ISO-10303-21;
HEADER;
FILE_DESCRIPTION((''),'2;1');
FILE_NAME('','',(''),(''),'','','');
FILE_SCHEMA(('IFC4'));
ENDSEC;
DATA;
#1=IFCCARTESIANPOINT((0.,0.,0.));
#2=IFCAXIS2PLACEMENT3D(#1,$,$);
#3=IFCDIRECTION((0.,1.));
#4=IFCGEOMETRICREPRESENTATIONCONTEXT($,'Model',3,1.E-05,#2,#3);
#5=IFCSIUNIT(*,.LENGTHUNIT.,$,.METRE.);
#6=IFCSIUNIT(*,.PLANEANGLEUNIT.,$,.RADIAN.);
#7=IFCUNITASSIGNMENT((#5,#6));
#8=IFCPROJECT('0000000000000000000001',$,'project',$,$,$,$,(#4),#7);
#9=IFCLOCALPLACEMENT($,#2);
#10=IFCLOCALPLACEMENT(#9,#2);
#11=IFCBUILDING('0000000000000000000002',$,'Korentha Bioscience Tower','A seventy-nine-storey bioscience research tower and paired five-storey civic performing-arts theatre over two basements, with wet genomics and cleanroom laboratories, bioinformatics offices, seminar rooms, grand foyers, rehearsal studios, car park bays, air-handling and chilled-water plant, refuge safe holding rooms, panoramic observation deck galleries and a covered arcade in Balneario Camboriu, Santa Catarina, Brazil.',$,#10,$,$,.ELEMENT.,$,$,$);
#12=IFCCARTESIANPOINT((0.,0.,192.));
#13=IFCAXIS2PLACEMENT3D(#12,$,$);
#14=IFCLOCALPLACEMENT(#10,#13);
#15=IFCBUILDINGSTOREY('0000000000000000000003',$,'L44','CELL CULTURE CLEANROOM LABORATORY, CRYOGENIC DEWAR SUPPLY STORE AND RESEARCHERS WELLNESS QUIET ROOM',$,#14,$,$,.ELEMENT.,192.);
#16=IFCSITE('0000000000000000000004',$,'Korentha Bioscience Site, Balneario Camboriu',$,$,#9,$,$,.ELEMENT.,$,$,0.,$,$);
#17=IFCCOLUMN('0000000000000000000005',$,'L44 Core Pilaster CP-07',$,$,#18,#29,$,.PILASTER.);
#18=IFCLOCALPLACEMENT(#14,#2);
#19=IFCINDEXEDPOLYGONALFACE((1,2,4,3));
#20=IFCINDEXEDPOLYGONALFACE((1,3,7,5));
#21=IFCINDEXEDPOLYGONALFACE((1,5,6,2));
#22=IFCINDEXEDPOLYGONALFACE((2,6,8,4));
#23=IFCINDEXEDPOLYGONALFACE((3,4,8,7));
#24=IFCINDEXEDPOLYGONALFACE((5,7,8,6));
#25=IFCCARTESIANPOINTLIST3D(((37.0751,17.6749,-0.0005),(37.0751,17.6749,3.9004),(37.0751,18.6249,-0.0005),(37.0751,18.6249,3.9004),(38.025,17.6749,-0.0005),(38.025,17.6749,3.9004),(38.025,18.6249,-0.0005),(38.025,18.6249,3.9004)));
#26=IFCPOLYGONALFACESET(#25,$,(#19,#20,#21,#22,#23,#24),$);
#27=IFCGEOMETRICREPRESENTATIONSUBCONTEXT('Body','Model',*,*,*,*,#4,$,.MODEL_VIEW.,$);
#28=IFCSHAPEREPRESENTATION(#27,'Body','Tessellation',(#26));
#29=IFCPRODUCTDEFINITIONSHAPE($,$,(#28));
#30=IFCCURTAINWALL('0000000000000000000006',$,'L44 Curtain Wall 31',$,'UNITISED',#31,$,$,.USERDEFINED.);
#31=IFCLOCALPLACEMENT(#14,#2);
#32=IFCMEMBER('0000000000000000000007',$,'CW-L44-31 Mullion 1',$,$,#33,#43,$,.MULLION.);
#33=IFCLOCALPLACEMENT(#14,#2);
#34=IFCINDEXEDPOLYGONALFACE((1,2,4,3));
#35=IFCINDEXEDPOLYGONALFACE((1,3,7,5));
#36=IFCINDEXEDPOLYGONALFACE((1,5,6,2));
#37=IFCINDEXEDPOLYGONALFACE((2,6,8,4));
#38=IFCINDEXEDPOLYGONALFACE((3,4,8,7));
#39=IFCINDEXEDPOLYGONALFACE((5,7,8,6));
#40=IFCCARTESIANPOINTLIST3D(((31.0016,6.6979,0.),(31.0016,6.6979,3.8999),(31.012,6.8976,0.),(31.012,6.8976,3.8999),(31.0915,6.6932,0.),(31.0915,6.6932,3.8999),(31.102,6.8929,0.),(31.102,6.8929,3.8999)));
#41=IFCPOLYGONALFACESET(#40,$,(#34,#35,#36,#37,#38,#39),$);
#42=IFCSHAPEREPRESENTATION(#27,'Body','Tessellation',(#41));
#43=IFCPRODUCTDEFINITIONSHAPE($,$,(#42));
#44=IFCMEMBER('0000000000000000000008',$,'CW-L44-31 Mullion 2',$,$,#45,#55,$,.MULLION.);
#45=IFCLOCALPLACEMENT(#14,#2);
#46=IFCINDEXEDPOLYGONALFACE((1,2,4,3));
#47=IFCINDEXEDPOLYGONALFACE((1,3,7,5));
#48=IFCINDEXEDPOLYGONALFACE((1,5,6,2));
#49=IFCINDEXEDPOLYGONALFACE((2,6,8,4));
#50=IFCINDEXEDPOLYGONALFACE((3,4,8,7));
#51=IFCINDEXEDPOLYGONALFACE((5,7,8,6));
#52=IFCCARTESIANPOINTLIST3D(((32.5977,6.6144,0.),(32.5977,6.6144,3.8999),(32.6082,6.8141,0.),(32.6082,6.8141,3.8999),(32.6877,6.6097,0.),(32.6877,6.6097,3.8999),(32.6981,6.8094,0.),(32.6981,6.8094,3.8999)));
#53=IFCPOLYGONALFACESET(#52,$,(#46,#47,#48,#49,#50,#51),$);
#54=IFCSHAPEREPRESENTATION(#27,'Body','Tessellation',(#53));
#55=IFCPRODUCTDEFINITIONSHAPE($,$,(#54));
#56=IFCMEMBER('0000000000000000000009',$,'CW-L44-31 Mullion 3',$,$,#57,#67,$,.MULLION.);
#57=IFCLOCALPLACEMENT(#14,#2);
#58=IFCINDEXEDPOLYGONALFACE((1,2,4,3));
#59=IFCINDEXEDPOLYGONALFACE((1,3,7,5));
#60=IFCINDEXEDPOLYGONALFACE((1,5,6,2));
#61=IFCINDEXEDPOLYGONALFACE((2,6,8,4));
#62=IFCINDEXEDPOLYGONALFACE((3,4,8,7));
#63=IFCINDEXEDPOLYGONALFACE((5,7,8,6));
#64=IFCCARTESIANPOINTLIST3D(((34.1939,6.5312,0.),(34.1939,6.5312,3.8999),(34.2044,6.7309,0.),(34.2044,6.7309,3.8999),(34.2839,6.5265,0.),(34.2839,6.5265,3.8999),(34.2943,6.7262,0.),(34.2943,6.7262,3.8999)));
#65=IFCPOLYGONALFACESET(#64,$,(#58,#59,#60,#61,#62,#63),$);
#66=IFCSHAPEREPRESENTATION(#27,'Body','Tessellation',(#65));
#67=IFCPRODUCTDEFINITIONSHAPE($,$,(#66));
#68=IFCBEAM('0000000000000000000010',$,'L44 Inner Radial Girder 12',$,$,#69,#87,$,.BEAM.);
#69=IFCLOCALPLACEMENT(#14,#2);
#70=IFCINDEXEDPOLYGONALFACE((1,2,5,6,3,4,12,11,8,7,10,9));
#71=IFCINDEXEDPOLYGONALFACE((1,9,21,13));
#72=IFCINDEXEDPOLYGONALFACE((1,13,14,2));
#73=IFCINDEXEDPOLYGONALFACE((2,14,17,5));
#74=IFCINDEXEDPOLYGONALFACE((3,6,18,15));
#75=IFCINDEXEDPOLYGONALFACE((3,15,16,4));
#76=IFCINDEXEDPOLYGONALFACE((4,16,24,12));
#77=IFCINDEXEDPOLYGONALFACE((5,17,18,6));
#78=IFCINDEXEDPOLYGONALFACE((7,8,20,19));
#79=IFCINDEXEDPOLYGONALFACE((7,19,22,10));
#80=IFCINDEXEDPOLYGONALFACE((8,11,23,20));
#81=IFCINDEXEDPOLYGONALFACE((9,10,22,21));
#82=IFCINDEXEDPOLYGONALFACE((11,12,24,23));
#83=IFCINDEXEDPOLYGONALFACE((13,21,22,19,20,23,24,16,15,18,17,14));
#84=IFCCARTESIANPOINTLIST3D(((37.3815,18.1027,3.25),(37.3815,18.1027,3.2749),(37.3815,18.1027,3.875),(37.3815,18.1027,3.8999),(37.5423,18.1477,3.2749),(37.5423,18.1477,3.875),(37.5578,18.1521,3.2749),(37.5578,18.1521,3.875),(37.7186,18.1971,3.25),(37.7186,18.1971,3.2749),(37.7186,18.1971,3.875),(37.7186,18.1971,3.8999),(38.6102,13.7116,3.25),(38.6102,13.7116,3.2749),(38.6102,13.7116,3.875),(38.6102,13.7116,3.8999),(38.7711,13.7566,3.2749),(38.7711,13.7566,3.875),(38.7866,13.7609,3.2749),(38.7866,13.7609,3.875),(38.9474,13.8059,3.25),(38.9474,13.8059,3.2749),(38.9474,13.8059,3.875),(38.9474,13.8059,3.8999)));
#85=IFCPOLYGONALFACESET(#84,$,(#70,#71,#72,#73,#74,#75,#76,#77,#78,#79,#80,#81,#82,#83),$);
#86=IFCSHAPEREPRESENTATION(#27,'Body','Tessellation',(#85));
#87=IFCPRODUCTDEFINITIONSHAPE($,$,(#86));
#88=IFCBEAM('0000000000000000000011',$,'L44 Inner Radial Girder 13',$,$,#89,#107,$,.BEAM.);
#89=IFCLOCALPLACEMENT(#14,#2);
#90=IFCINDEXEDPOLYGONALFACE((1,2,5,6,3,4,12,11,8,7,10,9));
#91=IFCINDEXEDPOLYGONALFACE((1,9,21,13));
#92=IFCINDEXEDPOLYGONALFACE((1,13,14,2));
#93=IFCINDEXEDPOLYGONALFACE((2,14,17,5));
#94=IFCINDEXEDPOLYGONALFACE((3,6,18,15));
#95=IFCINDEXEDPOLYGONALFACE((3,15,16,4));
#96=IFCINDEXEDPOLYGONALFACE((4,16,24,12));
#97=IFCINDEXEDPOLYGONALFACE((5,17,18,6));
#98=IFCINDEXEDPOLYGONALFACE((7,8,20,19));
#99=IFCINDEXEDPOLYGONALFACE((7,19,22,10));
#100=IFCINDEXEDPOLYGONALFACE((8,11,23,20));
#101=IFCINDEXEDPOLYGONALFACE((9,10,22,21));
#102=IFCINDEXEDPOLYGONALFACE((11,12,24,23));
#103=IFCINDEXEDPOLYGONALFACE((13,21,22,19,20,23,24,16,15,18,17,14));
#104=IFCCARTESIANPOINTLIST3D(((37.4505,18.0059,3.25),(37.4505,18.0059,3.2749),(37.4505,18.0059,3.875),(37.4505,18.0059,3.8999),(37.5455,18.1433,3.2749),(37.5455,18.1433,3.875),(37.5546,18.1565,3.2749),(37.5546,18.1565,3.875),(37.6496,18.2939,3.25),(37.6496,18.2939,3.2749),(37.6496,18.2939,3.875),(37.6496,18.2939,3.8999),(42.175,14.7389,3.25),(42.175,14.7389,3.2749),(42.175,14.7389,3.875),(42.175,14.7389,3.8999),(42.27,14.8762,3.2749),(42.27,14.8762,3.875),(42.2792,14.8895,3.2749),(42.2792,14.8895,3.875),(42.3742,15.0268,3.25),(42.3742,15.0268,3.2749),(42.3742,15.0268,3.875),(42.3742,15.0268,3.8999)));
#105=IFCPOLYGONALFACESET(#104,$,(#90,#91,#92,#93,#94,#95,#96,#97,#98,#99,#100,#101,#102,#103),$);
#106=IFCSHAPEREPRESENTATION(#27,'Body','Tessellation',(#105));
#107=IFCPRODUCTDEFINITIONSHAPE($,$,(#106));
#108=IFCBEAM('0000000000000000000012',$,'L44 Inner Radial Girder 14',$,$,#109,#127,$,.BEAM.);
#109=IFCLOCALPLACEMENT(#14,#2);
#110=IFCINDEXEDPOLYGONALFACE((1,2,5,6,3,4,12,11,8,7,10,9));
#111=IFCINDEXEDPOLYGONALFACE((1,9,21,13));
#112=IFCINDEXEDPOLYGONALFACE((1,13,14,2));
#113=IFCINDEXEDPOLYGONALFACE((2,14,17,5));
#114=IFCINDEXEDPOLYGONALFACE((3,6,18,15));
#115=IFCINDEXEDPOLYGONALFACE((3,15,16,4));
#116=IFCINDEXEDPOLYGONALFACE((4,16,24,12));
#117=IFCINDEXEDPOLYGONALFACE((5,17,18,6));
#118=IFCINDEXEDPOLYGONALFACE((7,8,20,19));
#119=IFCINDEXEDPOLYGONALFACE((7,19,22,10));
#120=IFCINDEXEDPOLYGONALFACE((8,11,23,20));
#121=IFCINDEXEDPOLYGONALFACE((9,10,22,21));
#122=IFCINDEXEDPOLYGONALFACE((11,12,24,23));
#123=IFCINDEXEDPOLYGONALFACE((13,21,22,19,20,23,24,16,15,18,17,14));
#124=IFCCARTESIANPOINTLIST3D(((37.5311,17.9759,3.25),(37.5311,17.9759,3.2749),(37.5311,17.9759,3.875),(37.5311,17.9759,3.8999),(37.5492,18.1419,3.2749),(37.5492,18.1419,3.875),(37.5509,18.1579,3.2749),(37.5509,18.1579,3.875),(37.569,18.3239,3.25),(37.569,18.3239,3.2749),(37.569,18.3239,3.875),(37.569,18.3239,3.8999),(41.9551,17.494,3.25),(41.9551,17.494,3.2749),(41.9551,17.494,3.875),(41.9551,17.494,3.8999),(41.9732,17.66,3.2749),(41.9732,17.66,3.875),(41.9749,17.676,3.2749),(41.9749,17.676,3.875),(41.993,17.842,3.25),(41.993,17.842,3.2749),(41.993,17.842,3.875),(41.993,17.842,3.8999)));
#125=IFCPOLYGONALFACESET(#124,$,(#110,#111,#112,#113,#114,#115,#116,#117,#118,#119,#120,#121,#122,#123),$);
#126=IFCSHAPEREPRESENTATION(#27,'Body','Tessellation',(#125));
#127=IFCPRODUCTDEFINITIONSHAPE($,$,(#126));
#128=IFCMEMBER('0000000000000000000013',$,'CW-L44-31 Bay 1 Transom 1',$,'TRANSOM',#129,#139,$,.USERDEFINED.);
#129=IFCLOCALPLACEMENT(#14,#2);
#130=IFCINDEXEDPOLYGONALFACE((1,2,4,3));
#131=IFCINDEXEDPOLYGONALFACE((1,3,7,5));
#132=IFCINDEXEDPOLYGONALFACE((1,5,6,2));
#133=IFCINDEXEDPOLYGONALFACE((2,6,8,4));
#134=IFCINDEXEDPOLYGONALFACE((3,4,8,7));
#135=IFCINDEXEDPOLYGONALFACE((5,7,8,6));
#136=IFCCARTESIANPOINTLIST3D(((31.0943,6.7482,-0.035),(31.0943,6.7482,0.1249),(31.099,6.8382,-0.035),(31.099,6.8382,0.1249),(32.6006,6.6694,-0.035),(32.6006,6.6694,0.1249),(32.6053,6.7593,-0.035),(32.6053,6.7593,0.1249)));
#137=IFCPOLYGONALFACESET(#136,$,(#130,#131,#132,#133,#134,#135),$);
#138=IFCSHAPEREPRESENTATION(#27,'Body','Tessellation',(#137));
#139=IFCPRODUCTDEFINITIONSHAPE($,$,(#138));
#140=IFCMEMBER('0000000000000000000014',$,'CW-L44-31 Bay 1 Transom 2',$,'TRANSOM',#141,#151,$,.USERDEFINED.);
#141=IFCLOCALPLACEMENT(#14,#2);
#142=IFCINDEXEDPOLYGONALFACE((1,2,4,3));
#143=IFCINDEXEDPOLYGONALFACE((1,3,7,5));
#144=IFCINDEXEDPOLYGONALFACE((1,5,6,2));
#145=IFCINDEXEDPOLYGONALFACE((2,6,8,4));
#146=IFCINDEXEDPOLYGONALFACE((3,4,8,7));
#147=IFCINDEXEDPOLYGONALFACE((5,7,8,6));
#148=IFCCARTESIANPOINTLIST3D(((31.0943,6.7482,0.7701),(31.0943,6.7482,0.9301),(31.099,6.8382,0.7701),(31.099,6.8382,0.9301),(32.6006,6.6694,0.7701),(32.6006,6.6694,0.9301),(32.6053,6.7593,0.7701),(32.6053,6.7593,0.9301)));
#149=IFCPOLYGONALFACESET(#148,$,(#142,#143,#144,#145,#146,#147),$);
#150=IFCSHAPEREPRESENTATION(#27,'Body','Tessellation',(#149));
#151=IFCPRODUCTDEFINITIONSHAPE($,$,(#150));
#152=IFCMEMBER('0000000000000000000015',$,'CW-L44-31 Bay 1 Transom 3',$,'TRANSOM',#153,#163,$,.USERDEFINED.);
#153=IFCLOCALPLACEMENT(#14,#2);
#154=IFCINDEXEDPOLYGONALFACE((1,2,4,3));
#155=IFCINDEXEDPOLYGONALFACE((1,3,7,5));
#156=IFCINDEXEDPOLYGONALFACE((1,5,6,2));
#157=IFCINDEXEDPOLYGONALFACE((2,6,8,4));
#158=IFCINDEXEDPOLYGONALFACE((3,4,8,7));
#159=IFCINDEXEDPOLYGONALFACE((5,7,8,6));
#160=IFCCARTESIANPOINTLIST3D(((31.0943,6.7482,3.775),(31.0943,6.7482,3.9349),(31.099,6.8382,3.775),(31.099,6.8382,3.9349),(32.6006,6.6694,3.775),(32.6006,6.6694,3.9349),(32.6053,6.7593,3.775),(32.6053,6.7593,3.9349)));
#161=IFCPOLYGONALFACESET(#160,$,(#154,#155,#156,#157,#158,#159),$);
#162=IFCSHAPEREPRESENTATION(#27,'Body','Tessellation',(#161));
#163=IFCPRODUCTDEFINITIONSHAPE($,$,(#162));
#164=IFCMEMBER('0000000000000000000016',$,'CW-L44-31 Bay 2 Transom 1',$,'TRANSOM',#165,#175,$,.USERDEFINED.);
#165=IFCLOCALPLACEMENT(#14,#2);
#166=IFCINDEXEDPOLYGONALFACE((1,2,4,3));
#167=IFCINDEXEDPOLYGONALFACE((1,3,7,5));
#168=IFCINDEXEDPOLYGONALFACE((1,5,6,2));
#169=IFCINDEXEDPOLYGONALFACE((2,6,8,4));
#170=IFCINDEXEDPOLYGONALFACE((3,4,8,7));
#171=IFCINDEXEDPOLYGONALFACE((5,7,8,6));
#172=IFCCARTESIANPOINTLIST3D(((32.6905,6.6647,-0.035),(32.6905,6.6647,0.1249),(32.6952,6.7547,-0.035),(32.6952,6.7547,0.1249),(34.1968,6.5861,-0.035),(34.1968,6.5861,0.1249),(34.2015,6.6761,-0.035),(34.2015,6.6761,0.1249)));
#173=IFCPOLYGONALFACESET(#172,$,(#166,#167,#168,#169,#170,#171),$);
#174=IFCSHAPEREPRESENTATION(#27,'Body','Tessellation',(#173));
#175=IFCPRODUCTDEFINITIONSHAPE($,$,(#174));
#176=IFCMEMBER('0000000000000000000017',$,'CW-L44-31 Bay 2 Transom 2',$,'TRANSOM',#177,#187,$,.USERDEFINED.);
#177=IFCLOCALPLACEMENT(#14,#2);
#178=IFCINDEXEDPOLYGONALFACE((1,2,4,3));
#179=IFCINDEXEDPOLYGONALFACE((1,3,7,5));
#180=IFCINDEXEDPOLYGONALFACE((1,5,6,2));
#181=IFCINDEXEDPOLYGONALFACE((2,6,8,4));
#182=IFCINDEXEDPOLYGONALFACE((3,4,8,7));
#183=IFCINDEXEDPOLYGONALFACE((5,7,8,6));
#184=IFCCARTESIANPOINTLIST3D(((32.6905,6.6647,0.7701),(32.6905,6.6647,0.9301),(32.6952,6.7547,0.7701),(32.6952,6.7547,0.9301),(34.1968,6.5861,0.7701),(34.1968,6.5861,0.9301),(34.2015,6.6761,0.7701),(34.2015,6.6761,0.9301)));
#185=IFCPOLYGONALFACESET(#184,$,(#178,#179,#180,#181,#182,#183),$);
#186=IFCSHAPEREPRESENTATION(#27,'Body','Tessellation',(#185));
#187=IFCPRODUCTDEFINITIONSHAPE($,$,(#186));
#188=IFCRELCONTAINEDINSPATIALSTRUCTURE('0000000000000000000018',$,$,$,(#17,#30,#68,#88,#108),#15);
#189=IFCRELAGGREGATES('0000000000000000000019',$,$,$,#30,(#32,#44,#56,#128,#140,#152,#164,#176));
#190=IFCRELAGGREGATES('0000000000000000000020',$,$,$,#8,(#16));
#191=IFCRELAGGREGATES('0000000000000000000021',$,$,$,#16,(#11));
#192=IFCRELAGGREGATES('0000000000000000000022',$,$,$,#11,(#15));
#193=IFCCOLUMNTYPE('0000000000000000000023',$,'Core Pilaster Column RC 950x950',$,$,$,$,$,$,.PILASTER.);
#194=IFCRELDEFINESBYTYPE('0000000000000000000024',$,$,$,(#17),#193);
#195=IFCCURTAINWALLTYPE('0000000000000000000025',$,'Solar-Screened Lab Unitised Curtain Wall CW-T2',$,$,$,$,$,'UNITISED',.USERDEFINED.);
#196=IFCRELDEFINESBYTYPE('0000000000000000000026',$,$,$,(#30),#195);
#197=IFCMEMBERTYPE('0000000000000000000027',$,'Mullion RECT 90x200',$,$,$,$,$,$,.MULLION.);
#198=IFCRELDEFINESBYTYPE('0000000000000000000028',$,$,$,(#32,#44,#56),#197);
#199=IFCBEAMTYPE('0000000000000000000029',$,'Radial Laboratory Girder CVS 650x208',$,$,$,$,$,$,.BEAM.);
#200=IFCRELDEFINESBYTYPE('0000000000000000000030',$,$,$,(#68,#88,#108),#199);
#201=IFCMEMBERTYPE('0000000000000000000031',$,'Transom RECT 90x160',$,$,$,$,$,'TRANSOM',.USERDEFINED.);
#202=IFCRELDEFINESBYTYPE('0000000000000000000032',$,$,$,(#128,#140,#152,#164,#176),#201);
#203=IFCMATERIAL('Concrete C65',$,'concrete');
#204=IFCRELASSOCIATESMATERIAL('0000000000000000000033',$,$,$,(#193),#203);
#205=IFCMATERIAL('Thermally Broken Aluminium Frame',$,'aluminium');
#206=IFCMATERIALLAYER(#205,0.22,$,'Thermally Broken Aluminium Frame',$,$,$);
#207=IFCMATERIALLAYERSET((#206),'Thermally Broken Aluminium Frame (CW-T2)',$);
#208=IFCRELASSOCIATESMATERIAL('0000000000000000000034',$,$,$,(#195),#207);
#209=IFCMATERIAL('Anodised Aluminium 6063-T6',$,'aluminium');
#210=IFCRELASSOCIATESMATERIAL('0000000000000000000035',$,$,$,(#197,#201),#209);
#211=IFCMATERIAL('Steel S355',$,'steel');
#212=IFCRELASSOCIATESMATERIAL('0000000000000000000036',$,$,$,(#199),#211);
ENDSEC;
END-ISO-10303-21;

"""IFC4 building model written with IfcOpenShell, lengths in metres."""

from ifc_helpers import new_model, si_unit, direction, frame, origin, origin_2d, place, context, subcontext, project, spatial, rectangle, i_section, extrude, material, layer, layer_set, material_profile, profile_set, type_object, element, aggregate, save


model = new_model("IFC4")

# Units and contexts
model_context = context("Model", 3, precision=1e-05, world=origin(), true_north=direction((0.0, 1.0)))
body_context = subcontext(model_context, "Body", "Model", "MODEL_VIEW")
ifc_project = project(units=[si_unit("LENGTHUNIT", "METRE"), si_unit("PLANEANGLEUNIT", "RADIAN")], contexts=[model_context])

# Site, building, storey
site_placement = place(None, origin())
site = spatial("IfcSite", under=ifc_project, at=site_placement, Name="Korentha Bioscience Site, Balneario Camboriu", CompositionType="ELEMENT", RefElevation=0.0)
building_placement = place(site_placement, origin())
building = spatial("IfcBuilding", under=site, at=building_placement, Name="Korentha Bioscience Tower", Description="A seventy-nine-storey bioscience research tower and paired five-storey civic performing-arts theatre over two basements, with wet genomics and cleanroom laboratories, bioinformatics offices, seminar rooms, grand foyers, rehearsal studios, car park bays, air-handling and chilled-water plant, refuge safe holding rooms, panoramic observation deck galleries and a covered arcade in Balneario Camboriu, Santa Catarina, Brazil.", CompositionType="ELEMENT")
storey_placement = place(building_placement, frame((0.0, 0.0, 192.0)))
storey = spatial("IfcBuildingStorey", under=building, at=storey_placement, Name="L44", Description="CELL CULTURE CLEANROOM LABORATORY, CRYOGENIC DEWAR SUPPLY STORE AND RESEARCHERS WELLNESS QUIET ROOM", CompositionType="ELEMENT", Elevation=192.0)

# Column
ifc_material_1 = material(Name="Concrete C65", Category="concrete")
ifc_material_profile_1 = material_profile(ifc_material_1, rectangle(XDim=0.95, YDim=0.95, at=origin_2d()), Name="Concrete C65")
ifc_profile_set_1 = profile_set([ifc_material_profile_1], Name="Concrete C65 (COL-CP09)")
column_type = type_object("IfcColumnType", Name="Core Pilaster Column RC 950x950", PredefinedType="PILASTER", material=ifc_profile_set_1)
column_placement = place(storey_placement, frame((37.55, 18.1499, -0.0005), z_axis=(0.0, 0.0, 1.0), x_axis=(1.0, 0.0, 0.0)))
element("IfcColumn", 1, at=column_placement, inside=storey, type_object=column_type, Name="L44 Core Pilaster CP-07", PredefinedType="PILASTER", context=body_context, shape_type="SweptSolid", body=[
    extrude(rectangle(XDim=0.95, YDim=0.95, at=origin_2d()), origin(), (0.0, 0.0, 1.0), 3.9009),
])

# Curtain wall, members
ifc_material_2 = material(Name="Thermally Broken Aluminium Frame", Category="aluminium")
ifc_layer_1 = layer(ifc_material_2, 0.22, Name="Thermally Broken Aluminium Frame")
ifc_layer_set_1 = layer_set([ifc_layer_1], Name="Thermally Broken Aluminium Frame (CW-T2)")
curtain_wall_type = type_object("IfcCurtainWallType", Name="Solar-Screened Lab Unitised Curtain Wall CW-T2", ElementType="UNITISED", PredefinedType="USERDEFINED", material=ifc_layer_set_1)
curtain_wall_placement = place(storey_placement, origin())
curtain_wall = element("IfcCurtainWall", 2, at=curtain_wall_placement, inside=storey, type_object=curtain_wall_type, Name="L44 Curtain Wall 31", ObjectType="UNITISED", PredefinedType="USERDEFINED")
ifc_material_3 = material(Name="Anodised Aluminium 6063-T6", Category="aluminium")
ifc_material_profile_2 = material_profile(ifc_material_3, rectangle(XDim=0.0901, YDim=0.2, at=origin_2d()), Name="Anodised Aluminium 6063-T6")
ifc_profile_set_2 = profile_set([ifc_material_profile_2], Name="Anodised Aluminium 6063-T6 (CW-MUL)")
member_type_1 = type_object("IfcMemberType", Name="Mullion RECT 90x200", PredefinedType="MULLION", material=ifc_profile_set_2)
member_1_placement = place(storey_placement, frame((31.0518, 6.7954, 0.0), z_axis=(0.0, 0.0, 1.0), x_axis=(0.998638, -0.05218, 0.0)))
member_1 = element("IfcMember", 3, at=member_1_placement, type_object=member_type_1, Name="CW-L44-31 Mullion 1", PredefinedType="MULLION", context=body_context, shape_type="SweptSolid", body=[
    extrude(rectangle(XDim=0.0901, YDim=0.2, at=origin_2d()), origin(), (0.0, 0.0, 1.0), 3.8999),
])
member_2_placement = place(storey_placement, frame((32.6479, 6.7119, 0.0), z_axis=(0.0, 0.0, 1.0), x_axis=(0.998638, -0.05218, 0.0)))
member_2 = element("IfcMember", 4, at=member_2_placement, type_object=member_type_1, Name="CW-L44-31 Mullion 2", PredefinedType="MULLION", context=body_context, shape_type="SweptSolid", body=[
    extrude(rectangle(XDim=0.0901, YDim=0.2, at=origin_2d()), origin(), (0.0, 0.0, 1.0), 3.8999),
])
member_3_placement = place(storey_placement, frame((34.2441, 6.6287, 0.0), z_axis=(0.0, 0.0, 1.0), x_axis=(0.998638, -0.05218, 0.0)))
member_3 = element("IfcMember", 5, at=member_3_placement, type_object=member_type_1, Name="CW-L44-31 Mullion 3", PredefinedType="MULLION", context=body_context, shape_type="SweptSolid", body=[
    extrude(rectangle(XDim=0.0901, YDim=0.2, at=origin_2d()), origin(), (0.0, 0.0, 1.0), 3.8999),
])

# Beams
ifc_material_4 = material(Name="Steel S355", Category="steel")
ifc_material_profile_3 = material_profile(ifc_material_4, i_section(OverallWidth=0.3501, OverallDepth=0.6499, WebThickness=0.0161, FlangeThickness=0.0249, at=origin_2d()), Name="Steel S355")
ifc_profile_set_3 = profile_set([ifc_material_profile_3], Name="Steel S355 (RB-650)")
beam_type = type_object("IfcBeamType", Name="Radial Laboratory Girder CVS 650x208", PredefinedType="BEAM", material=ifc_profile_set_3)
beam_1_placement = place(storey_placement, frame((37.55, 18.1499, 3.575), z_axis=(0.269477, -0.963007, 0.0), x_axis=(0.963007, 0.269477, 0.0)))
element("IfcBeam", 6, at=beam_1_placement, inside=storey, type_object=beam_type, Name="L44 Inner Radial Girder 12", PredefinedType="BEAM", context=body_context, shape_type="SweptSolid", body=[
    extrude(i_section(OverallWidth=0.3501, OverallDepth=0.6499, WebThickness=0.0161, FlangeThickness=0.0249, at=origin_2d()), origin(), (0.0, 0.0, 1.0), 4.5598),
])
beam_2_placement = place(storey_placement, frame((37.55, 18.1499, 3.575), z_axis=(0.822501, -0.568763, 0.0), x_axis=(0.568763, 0.822501, 0.0)))
element("IfcBeam", 7, at=beam_2_placement, inside=storey, type_object=beam_type, Name="L44 Inner Radial Girder 13", PredefinedType="BEAM", context=body_context, shape_type="SweptSolid", body=[
    extrude(i_section(OverallWidth=0.3501, OverallDepth=0.6499, WebThickness=0.0161, FlangeThickness=0.0249, at=origin_2d()), origin(), (0.0, 0.0, 1.0), 5.7441),
])
beam_3_placement = place(storey_placement, frame((37.55, 18.1499, 3.575), z_axis=(0.994119, -0.108294, 0.0), x_axis=(0.108294, 0.994119, 0.0)))
element("IfcBeam", 8, at=beam_3_placement, inside=storey, type_object=beam_type, Name="L44 Inner Radial Girder 14", PredefinedType="BEAM", context=body_context, shape_type="SweptSolid", body=[
    extrude(i_section(OverallWidth=0.3501, OverallDepth=0.6499, WebThickness=0.0161, FlangeThickness=0.0249, at=origin_2d()), origin(), (0.0, 0.0, 1.0), 4.4502),
])

# Members
ifc_material_profile_4 = material_profile(ifc_material_3, rectangle(XDim=0.0901, YDim=0.1599, at=origin_2d()), Name="Anodised Aluminium 6063-T6")
ifc_profile_set_4 = profile_set([ifc_material_profile_4], Name="Anodised Aluminium 6063-T6 (CW-TRN)")
member_type_2 = type_object("IfcMemberType", Name="Transom RECT 90x160", ElementType="TRANSOM", PredefinedType="USERDEFINED", material=ifc_profile_set_4)
member_4_placement = place(storey_placement, frame((31.0967, 6.7932, 0.0449), z_axis=(0.998633, -0.052278, 0.0), x_axis=(0.052278, 0.998633, 0.0)))
member_4 = element("IfcMember", 9, at=member_4_placement, type_object=member_type_2, Name="CW-L44-31 Bay 1 Transom 1", ObjectType="TRANSOM", PredefinedType="USERDEFINED", context=body_context, shape_type="SweptSolid", body=[
    extrude(rectangle(XDim=0.0901, YDim=0.1599, at=origin_2d()), origin(), (0.0, 0.0, 1.0), 1.5083),
])
member_5_placement = place(storey_placement, frame((31.0967, 6.7932, 0.8501), z_axis=(0.998633, -0.052278, 0.0), x_axis=(0.052278, 0.998633, 0.0)))
member_5 = element("IfcMember", 10, at=member_5_placement, type_object=member_type_2, Name="CW-L44-31 Bay 1 Transom 2", ObjectType="TRANSOM", PredefinedType="USERDEFINED", context=body_context, shape_type="SweptSolid", body=[
    extrude(rectangle(XDim=0.0901, YDim=0.1599, at=origin_2d()), origin(), (0.0, 0.0, 1.0), 1.5083),
])
member_6_placement = place(storey_placement, frame((31.0967, 6.7932, 3.855), z_axis=(0.998633, -0.052278, 0.0), x_axis=(0.052278, 0.998633, 0.0)))
member_6 = element("IfcMember", 11, at=member_6_placement, type_object=member_type_2, Name="CW-L44-31 Bay 1 Transom 3", ObjectType="TRANSOM", PredefinedType="USERDEFINED", context=body_context, shape_type="SweptSolid", body=[
    extrude(rectangle(XDim=0.0901, YDim=0.1599, at=origin_2d()), origin(), (0.0, 0.0, 1.0), 1.5083),
])
member_7_placement = place(storey_placement, frame((32.6929, 6.7097, 0.0449), z_axis=(0.998641, -0.052117, 0.0), x_axis=(0.052117, 0.998641, 0.0)))
member_7 = element("IfcMember", 12, at=member_7_placement, type_object=member_type_2, Name="CW-L44-31 Bay 2 Transom 1", ObjectType="TRANSOM", PredefinedType="USERDEFINED", context=body_context, shape_type="SweptSolid", body=[
    extrude(rectangle(XDim=0.0901, YDim=0.1599, at=origin_2d()), origin(), (0.0, 0.0, 1.0), 1.5083),
])
member_8_placement = place(storey_placement, frame((32.6929, 6.7097, 0.8501), z_axis=(0.998641, -0.052117, 0.0), x_axis=(0.052117, 0.998641, 0.0)))
member_8 = element("IfcMember", 13, at=member_8_placement, type_object=member_type_2, Name="CW-L44-31 Bay 2 Transom 2", ObjectType="TRANSOM", PredefinedType="USERDEFINED", context=body_context, shape_type="SweptSolid", body=[
    extrude(rectangle(XDim=0.0901, YDim=0.1599, at=origin_2d()), origin(), (0.0, 0.0, 1.0), 1.5083),
])

aggregate(curtain_wall, [member_1, member_2, member_3, member_4, member_5, member_6, member_7, member_8])

save(model, "model.ifc")
